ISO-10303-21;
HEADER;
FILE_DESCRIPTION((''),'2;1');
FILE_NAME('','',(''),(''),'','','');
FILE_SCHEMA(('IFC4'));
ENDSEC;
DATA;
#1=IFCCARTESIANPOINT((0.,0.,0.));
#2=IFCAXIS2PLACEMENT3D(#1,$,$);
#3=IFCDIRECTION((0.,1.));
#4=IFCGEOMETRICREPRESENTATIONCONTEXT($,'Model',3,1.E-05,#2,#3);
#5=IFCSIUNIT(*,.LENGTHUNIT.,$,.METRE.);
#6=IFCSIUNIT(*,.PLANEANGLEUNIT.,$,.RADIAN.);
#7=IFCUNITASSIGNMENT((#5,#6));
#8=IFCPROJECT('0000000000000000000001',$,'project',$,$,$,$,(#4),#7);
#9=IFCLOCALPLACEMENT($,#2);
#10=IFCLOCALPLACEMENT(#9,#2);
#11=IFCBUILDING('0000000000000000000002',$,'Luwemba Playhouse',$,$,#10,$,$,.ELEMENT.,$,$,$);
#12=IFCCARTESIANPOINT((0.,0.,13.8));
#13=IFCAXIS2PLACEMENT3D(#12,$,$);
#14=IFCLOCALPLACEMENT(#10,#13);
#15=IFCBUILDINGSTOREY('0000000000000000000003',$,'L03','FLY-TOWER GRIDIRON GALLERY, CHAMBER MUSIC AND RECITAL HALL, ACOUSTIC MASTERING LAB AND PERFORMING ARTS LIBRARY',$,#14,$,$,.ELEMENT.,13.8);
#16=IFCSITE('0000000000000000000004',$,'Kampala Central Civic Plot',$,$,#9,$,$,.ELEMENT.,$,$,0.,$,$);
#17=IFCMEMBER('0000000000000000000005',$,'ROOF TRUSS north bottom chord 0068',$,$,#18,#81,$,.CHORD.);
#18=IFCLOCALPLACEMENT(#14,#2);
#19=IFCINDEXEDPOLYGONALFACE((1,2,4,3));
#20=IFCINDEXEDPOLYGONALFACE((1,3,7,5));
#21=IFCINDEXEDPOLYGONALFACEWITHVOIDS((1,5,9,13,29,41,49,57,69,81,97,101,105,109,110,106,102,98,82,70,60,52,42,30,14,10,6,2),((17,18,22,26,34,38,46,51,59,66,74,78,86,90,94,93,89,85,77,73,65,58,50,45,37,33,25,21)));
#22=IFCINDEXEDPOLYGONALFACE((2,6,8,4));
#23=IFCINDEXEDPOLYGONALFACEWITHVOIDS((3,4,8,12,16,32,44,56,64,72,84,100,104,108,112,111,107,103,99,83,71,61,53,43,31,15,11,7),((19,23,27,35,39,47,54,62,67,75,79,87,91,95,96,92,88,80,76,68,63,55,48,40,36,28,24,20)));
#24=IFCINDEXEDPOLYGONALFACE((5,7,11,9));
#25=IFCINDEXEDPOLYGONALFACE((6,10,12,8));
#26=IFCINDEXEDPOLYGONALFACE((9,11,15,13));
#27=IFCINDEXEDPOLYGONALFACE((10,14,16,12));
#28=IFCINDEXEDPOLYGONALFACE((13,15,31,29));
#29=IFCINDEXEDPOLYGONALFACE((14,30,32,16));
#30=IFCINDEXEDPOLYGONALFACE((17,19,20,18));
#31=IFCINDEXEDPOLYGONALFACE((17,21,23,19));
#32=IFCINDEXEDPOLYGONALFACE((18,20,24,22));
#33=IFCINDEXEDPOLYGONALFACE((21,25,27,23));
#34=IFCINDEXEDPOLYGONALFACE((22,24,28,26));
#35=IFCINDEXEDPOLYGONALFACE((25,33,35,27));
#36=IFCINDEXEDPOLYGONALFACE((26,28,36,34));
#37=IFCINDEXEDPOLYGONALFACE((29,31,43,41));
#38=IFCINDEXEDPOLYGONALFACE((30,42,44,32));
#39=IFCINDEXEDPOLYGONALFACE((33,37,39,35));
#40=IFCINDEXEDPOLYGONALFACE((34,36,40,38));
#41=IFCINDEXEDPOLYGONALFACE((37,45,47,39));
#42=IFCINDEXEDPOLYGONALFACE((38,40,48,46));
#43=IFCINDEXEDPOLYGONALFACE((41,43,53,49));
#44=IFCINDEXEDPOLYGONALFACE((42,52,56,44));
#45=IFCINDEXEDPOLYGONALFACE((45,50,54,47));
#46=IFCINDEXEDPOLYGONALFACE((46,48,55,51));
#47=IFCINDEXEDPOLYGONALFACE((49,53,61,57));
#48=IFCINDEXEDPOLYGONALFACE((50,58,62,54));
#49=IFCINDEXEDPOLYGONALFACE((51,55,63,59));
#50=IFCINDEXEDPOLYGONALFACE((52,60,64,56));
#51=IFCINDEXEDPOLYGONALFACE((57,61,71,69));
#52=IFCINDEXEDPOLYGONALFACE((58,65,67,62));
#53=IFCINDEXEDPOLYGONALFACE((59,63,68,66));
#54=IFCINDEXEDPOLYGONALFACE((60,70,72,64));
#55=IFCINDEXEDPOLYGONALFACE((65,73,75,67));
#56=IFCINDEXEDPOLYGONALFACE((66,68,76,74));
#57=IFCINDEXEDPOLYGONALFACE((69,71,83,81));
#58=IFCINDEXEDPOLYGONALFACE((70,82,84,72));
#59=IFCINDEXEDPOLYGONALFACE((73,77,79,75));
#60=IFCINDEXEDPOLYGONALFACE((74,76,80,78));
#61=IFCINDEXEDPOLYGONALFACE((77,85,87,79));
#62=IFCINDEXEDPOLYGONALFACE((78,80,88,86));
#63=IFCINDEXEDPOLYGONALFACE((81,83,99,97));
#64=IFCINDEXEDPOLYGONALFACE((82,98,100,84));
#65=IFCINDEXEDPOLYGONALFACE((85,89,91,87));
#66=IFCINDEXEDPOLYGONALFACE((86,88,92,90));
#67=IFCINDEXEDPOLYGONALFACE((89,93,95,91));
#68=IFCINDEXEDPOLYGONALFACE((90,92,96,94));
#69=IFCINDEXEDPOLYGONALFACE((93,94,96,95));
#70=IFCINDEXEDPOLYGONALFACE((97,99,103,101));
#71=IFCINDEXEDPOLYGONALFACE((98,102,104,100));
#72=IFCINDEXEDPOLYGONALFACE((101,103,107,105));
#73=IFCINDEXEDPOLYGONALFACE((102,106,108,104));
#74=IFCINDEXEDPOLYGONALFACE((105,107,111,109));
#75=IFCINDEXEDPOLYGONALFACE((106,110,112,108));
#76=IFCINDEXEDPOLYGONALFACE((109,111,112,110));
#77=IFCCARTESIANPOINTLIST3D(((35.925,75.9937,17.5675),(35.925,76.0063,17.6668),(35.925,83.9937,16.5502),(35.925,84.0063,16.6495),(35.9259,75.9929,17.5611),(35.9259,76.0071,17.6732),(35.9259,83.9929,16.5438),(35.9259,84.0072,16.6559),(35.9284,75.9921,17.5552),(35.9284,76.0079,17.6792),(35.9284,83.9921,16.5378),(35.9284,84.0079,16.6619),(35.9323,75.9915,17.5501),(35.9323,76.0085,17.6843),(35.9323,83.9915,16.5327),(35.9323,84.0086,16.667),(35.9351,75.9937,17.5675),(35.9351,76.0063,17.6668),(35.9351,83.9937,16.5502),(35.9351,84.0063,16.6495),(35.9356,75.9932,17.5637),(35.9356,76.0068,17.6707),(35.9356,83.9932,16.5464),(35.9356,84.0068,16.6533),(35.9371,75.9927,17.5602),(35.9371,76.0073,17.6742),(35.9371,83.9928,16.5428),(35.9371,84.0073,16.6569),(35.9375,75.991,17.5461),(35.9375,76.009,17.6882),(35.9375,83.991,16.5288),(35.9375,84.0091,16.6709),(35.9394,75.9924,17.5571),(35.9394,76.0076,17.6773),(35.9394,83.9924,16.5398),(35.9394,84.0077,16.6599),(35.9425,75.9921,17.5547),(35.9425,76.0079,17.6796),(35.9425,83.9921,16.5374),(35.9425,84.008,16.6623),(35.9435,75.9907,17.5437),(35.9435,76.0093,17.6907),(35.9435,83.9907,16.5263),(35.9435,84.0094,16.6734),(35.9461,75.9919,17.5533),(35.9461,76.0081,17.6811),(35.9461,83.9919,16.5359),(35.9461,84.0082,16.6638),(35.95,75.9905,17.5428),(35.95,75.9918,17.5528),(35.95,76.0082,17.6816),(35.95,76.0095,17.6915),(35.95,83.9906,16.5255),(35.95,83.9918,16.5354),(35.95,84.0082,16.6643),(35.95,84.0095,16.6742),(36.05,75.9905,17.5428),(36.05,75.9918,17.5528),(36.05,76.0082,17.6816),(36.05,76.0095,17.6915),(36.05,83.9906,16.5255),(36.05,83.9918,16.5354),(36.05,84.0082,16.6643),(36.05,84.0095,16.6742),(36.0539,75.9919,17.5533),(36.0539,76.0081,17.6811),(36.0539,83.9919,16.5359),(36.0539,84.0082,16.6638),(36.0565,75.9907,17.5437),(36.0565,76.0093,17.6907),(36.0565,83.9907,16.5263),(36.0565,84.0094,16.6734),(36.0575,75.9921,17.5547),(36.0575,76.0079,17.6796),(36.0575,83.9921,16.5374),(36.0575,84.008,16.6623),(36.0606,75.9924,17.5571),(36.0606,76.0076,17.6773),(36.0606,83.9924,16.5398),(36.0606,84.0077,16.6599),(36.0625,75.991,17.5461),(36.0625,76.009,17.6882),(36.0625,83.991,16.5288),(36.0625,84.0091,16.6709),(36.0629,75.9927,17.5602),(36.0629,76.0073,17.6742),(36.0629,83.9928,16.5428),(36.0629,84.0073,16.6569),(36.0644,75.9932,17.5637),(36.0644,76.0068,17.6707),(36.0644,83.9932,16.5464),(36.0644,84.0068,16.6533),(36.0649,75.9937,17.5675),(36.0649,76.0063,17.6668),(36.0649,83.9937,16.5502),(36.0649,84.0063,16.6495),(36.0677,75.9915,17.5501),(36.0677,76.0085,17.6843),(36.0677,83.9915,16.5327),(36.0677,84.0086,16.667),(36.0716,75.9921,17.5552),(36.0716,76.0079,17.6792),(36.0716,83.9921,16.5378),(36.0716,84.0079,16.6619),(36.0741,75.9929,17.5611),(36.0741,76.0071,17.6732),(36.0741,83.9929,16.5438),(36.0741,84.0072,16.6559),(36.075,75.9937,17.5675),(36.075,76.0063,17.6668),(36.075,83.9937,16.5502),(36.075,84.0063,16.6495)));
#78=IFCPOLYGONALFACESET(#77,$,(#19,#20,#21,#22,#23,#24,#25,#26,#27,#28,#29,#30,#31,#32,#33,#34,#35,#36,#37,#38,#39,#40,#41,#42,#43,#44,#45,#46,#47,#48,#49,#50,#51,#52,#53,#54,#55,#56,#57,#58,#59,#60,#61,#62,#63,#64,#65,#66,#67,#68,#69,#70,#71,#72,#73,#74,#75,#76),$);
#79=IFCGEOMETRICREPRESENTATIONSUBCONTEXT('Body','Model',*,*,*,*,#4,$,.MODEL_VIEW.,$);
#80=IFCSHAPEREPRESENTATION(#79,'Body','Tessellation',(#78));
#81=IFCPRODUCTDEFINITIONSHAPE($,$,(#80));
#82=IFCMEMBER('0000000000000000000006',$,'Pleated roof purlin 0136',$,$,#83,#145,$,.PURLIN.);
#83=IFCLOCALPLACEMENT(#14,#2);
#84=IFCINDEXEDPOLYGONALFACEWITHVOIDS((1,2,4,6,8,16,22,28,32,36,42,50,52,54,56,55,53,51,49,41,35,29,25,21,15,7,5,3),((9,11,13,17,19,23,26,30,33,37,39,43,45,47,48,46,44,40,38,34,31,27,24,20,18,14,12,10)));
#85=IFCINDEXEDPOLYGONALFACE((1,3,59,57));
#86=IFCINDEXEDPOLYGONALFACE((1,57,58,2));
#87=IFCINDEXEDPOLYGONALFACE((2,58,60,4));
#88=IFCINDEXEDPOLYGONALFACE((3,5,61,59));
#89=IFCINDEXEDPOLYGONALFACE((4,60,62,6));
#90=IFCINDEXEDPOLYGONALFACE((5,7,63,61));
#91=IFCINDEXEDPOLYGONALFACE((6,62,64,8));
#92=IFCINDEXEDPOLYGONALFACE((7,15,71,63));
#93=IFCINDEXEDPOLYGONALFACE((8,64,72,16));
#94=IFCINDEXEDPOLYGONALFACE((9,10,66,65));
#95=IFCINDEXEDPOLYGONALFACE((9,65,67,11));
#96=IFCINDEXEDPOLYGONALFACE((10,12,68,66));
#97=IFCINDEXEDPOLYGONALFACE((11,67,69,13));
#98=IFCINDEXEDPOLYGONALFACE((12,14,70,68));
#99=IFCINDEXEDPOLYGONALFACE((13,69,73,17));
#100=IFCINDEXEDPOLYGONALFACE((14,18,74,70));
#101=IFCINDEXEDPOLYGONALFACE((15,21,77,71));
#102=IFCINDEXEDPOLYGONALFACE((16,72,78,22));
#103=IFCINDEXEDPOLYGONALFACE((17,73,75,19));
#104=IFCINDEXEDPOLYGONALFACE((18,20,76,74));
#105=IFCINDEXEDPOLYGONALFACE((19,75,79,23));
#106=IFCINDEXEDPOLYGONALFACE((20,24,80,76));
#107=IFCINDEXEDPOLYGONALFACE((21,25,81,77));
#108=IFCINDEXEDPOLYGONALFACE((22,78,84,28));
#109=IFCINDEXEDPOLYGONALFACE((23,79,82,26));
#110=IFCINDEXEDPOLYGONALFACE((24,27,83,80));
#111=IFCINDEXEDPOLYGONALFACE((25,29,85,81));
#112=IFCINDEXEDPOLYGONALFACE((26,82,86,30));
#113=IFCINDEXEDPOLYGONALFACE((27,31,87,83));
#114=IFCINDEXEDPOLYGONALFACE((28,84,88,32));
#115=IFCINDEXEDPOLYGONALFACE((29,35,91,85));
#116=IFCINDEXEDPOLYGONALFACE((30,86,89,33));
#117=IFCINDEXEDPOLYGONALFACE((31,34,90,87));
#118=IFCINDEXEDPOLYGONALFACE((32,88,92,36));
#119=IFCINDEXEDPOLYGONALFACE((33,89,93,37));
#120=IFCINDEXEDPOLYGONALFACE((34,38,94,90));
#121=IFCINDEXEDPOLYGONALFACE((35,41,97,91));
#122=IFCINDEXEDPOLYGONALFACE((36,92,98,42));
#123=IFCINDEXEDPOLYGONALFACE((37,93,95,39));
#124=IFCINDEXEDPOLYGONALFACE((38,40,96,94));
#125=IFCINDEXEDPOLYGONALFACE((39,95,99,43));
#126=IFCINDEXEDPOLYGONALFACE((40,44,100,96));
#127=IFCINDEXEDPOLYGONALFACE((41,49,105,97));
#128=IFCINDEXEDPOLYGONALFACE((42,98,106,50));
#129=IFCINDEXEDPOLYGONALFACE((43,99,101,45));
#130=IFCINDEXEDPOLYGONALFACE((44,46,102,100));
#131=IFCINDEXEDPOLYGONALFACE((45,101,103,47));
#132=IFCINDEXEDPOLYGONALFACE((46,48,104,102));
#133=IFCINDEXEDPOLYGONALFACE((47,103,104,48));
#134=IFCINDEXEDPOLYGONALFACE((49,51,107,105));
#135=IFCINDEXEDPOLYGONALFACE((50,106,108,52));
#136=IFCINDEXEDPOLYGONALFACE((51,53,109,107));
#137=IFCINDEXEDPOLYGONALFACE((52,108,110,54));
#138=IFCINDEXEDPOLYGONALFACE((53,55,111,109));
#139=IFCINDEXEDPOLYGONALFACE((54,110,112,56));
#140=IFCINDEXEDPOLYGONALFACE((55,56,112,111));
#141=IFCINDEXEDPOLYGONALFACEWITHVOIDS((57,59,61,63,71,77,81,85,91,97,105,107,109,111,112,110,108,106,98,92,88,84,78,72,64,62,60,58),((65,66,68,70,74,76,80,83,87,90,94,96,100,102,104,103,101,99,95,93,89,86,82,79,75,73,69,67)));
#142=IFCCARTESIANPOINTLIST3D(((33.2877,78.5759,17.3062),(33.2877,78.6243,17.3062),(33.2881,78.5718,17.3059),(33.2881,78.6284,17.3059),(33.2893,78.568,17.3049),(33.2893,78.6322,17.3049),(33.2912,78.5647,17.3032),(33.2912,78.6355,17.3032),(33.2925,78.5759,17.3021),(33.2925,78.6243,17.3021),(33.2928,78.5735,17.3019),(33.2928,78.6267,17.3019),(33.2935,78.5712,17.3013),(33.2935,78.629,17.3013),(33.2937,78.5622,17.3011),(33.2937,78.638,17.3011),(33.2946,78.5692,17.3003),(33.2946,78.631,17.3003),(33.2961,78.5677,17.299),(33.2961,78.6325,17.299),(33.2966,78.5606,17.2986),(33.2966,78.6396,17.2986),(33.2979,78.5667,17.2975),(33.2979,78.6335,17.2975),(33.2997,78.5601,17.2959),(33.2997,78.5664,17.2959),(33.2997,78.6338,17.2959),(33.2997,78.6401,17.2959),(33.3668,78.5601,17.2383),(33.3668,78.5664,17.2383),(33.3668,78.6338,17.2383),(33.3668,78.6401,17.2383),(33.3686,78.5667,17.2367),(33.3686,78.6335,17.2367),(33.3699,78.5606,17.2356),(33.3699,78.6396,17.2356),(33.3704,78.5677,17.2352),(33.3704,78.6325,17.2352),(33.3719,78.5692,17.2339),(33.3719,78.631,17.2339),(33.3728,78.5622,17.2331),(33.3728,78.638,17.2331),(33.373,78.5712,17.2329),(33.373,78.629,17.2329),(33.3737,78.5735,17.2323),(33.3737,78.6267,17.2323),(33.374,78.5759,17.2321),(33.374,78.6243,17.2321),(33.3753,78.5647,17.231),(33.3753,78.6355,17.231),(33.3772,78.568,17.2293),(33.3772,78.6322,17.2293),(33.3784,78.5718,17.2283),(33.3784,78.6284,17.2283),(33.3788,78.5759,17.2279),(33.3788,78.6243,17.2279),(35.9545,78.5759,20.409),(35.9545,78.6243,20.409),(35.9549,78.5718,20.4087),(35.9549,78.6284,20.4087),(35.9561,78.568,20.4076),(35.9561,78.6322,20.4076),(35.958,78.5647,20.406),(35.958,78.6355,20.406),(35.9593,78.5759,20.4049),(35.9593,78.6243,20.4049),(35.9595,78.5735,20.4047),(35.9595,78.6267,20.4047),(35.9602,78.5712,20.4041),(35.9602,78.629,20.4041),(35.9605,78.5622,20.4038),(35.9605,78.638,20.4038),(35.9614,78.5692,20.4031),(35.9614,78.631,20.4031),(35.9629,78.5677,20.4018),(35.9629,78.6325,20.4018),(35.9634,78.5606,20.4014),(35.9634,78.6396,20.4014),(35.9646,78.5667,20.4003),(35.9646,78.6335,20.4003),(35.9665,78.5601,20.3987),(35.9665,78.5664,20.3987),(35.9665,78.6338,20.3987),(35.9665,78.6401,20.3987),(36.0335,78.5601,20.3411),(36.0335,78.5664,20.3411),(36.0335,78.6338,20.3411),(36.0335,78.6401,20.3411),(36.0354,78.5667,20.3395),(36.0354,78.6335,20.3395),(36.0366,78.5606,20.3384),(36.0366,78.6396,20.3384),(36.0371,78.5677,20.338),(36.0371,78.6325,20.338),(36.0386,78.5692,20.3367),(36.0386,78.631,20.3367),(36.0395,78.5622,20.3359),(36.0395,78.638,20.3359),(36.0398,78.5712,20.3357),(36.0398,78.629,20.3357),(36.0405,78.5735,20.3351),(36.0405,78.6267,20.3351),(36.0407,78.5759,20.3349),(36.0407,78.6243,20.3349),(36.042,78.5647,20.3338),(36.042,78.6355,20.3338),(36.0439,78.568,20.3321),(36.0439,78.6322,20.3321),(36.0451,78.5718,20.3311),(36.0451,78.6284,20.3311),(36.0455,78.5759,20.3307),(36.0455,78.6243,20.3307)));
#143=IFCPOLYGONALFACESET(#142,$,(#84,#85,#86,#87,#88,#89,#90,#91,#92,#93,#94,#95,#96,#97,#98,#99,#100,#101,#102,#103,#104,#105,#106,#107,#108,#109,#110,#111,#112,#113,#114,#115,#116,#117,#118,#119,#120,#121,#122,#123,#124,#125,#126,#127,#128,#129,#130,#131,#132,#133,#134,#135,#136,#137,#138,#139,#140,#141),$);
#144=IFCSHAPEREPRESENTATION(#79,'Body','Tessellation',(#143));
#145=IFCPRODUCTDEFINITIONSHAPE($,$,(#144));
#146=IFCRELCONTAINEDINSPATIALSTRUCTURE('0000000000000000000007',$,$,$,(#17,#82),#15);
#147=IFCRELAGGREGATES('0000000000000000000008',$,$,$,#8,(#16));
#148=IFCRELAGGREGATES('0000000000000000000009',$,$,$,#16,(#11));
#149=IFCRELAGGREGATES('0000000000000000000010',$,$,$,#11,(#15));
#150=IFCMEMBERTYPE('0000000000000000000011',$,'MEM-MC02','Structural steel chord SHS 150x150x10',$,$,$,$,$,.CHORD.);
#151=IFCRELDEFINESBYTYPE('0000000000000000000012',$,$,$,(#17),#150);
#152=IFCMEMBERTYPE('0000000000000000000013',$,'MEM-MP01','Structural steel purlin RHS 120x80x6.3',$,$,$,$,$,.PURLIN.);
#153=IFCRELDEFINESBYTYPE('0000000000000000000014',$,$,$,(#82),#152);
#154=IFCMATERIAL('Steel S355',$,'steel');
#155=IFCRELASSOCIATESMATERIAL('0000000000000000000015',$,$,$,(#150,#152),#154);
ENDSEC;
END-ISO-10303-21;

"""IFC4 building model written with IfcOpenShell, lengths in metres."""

from ifc_helpers import new_model, si_unit, direction, frame, origin, origin_2d, place, context, subcontext, project, spatial, hollow_rectangle, extrude, material, material_profile, profile_set, type_object, element, save


model = new_model("IFC4")

# Units and contexts
model_context = context("Model", 3, precision=1e-05, world=origin(), true_north=direction((0.0, 1.0)))
body_context = subcontext(model_context, "Body", "Model", "MODEL_VIEW")
ifc_project = project(units=[si_unit("LENGTHUNIT", "METRE"), si_unit("PLANEANGLEUNIT", "RADIAN")], contexts=[model_context])

# Site, building, storey
site_placement = place(None, origin())
site = spatial("IfcSite", under=ifc_project, at=site_placement, Name="Kampala Central Civic Plot", CompositionType="ELEMENT", RefElevation=0.0)
building_placement = place(site_placement, origin())
building = spatial("IfcBuilding", under=site, at=building_placement, Name="Luwemba Playhouse", CompositionType="ELEMENT")
storey_placement = place(building_placement, frame((0.0, 0.0, 13.8)))
storey = spatial("IfcBuildingStorey", under=building, at=storey_placement, Name="L03", Description="FLY-TOWER GRIDIRON GALLERY, CHAMBER MUSIC AND RECITAL HALL, ACOUSTIC MASTERING LAB AND PERFORMING ARTS LIBRARY", CompositionType="ELEMENT", Elevation=13.8)

# Shared definitions
ifc_material_1 = material(Name="Steel S355", Category="steel")

# Members
ifc_material_profile_1 = material_profile(ifc_material_1, hollow_rectangle(XDim=0.1499, YDim=0.1499, WallThickness=0.01, InnerFilletRadius=0.0149, OuterFilletRadius=0.0249, at=origin_2d()))
ifc_profile_set_1 = profile_set([ifc_material_profile_1], Name="Steel S355")
member_type_1 = type_object("IfcMemberType", Name="MEM-MC02", Description="Structural steel chord SHS 150x150x10", PredefinedType="CHORD", material=ifc_profile_set_1)
member_1_placement = place(storey_placement, frame((36.0, 76.0, 17.6172), z_axis=(0.0, 0.992011, -0.126151), x_axis=(-1.0, 0.0, 0.0)))
element("IfcMember", 1, at=member_1_placement, inside=storey, type_object=member_type_1, Name="ROOF TRUSS north bottom chord 0068", PredefinedType="CHORD", context=body_context, shape_type="SweptSolid", body=[
    extrude(hollow_rectangle(XDim=0.1499, YDim=0.1499, WallThickness=0.01, InnerFilletRadius=0.0149, OuterFilletRadius=0.0249, at=origin_2d()), origin(), (0.0, 0.0, 1.0), 8.0645),
])
ifc_material_profile_2 = material_profile(ifc_material_1, hollow_rectangle(XDim=0.0801, YDim=0.1201, WallThickness=0.0063, InnerFilletRadius=0.0095, OuterFilletRadius=0.0159, at=origin_2d()))
ifc_profile_set_2 = profile_set([ifc_material_profile_2], Name="Steel S355")
member_type_2 = type_object("IfcMemberType", Name="MEM-MP01", Description="Structural steel purlin RHS 120x80x6.3", PredefinedType="PURLIN", material=ifc_profile_set_2)
member_2_placement = place(storey_placement, frame((33.3333, 78.6001, 17.2671), z_axis=(0.651808, 0.0, 0.758384), x_axis=(0.0, 1.0, 0.0)))
element("IfcMember", 2, at=member_2_placement, inside=storey, type_object=member_type_2, Name="Pleated roof purlin 0136", PredefinedType="PURLIN", context=body_context, shape_type="SweptSolid", body=[
    extrude(hollow_rectangle(XDim=0.0801, YDim=0.1201, WallThickness=0.0063, InnerFilletRadius=0.0095, OuterFilletRadius=0.0159, at=origin_2d()), origin(), (0.0, 0.0, 1.0), 4.0913),
])

save(model, "model.ifc")
